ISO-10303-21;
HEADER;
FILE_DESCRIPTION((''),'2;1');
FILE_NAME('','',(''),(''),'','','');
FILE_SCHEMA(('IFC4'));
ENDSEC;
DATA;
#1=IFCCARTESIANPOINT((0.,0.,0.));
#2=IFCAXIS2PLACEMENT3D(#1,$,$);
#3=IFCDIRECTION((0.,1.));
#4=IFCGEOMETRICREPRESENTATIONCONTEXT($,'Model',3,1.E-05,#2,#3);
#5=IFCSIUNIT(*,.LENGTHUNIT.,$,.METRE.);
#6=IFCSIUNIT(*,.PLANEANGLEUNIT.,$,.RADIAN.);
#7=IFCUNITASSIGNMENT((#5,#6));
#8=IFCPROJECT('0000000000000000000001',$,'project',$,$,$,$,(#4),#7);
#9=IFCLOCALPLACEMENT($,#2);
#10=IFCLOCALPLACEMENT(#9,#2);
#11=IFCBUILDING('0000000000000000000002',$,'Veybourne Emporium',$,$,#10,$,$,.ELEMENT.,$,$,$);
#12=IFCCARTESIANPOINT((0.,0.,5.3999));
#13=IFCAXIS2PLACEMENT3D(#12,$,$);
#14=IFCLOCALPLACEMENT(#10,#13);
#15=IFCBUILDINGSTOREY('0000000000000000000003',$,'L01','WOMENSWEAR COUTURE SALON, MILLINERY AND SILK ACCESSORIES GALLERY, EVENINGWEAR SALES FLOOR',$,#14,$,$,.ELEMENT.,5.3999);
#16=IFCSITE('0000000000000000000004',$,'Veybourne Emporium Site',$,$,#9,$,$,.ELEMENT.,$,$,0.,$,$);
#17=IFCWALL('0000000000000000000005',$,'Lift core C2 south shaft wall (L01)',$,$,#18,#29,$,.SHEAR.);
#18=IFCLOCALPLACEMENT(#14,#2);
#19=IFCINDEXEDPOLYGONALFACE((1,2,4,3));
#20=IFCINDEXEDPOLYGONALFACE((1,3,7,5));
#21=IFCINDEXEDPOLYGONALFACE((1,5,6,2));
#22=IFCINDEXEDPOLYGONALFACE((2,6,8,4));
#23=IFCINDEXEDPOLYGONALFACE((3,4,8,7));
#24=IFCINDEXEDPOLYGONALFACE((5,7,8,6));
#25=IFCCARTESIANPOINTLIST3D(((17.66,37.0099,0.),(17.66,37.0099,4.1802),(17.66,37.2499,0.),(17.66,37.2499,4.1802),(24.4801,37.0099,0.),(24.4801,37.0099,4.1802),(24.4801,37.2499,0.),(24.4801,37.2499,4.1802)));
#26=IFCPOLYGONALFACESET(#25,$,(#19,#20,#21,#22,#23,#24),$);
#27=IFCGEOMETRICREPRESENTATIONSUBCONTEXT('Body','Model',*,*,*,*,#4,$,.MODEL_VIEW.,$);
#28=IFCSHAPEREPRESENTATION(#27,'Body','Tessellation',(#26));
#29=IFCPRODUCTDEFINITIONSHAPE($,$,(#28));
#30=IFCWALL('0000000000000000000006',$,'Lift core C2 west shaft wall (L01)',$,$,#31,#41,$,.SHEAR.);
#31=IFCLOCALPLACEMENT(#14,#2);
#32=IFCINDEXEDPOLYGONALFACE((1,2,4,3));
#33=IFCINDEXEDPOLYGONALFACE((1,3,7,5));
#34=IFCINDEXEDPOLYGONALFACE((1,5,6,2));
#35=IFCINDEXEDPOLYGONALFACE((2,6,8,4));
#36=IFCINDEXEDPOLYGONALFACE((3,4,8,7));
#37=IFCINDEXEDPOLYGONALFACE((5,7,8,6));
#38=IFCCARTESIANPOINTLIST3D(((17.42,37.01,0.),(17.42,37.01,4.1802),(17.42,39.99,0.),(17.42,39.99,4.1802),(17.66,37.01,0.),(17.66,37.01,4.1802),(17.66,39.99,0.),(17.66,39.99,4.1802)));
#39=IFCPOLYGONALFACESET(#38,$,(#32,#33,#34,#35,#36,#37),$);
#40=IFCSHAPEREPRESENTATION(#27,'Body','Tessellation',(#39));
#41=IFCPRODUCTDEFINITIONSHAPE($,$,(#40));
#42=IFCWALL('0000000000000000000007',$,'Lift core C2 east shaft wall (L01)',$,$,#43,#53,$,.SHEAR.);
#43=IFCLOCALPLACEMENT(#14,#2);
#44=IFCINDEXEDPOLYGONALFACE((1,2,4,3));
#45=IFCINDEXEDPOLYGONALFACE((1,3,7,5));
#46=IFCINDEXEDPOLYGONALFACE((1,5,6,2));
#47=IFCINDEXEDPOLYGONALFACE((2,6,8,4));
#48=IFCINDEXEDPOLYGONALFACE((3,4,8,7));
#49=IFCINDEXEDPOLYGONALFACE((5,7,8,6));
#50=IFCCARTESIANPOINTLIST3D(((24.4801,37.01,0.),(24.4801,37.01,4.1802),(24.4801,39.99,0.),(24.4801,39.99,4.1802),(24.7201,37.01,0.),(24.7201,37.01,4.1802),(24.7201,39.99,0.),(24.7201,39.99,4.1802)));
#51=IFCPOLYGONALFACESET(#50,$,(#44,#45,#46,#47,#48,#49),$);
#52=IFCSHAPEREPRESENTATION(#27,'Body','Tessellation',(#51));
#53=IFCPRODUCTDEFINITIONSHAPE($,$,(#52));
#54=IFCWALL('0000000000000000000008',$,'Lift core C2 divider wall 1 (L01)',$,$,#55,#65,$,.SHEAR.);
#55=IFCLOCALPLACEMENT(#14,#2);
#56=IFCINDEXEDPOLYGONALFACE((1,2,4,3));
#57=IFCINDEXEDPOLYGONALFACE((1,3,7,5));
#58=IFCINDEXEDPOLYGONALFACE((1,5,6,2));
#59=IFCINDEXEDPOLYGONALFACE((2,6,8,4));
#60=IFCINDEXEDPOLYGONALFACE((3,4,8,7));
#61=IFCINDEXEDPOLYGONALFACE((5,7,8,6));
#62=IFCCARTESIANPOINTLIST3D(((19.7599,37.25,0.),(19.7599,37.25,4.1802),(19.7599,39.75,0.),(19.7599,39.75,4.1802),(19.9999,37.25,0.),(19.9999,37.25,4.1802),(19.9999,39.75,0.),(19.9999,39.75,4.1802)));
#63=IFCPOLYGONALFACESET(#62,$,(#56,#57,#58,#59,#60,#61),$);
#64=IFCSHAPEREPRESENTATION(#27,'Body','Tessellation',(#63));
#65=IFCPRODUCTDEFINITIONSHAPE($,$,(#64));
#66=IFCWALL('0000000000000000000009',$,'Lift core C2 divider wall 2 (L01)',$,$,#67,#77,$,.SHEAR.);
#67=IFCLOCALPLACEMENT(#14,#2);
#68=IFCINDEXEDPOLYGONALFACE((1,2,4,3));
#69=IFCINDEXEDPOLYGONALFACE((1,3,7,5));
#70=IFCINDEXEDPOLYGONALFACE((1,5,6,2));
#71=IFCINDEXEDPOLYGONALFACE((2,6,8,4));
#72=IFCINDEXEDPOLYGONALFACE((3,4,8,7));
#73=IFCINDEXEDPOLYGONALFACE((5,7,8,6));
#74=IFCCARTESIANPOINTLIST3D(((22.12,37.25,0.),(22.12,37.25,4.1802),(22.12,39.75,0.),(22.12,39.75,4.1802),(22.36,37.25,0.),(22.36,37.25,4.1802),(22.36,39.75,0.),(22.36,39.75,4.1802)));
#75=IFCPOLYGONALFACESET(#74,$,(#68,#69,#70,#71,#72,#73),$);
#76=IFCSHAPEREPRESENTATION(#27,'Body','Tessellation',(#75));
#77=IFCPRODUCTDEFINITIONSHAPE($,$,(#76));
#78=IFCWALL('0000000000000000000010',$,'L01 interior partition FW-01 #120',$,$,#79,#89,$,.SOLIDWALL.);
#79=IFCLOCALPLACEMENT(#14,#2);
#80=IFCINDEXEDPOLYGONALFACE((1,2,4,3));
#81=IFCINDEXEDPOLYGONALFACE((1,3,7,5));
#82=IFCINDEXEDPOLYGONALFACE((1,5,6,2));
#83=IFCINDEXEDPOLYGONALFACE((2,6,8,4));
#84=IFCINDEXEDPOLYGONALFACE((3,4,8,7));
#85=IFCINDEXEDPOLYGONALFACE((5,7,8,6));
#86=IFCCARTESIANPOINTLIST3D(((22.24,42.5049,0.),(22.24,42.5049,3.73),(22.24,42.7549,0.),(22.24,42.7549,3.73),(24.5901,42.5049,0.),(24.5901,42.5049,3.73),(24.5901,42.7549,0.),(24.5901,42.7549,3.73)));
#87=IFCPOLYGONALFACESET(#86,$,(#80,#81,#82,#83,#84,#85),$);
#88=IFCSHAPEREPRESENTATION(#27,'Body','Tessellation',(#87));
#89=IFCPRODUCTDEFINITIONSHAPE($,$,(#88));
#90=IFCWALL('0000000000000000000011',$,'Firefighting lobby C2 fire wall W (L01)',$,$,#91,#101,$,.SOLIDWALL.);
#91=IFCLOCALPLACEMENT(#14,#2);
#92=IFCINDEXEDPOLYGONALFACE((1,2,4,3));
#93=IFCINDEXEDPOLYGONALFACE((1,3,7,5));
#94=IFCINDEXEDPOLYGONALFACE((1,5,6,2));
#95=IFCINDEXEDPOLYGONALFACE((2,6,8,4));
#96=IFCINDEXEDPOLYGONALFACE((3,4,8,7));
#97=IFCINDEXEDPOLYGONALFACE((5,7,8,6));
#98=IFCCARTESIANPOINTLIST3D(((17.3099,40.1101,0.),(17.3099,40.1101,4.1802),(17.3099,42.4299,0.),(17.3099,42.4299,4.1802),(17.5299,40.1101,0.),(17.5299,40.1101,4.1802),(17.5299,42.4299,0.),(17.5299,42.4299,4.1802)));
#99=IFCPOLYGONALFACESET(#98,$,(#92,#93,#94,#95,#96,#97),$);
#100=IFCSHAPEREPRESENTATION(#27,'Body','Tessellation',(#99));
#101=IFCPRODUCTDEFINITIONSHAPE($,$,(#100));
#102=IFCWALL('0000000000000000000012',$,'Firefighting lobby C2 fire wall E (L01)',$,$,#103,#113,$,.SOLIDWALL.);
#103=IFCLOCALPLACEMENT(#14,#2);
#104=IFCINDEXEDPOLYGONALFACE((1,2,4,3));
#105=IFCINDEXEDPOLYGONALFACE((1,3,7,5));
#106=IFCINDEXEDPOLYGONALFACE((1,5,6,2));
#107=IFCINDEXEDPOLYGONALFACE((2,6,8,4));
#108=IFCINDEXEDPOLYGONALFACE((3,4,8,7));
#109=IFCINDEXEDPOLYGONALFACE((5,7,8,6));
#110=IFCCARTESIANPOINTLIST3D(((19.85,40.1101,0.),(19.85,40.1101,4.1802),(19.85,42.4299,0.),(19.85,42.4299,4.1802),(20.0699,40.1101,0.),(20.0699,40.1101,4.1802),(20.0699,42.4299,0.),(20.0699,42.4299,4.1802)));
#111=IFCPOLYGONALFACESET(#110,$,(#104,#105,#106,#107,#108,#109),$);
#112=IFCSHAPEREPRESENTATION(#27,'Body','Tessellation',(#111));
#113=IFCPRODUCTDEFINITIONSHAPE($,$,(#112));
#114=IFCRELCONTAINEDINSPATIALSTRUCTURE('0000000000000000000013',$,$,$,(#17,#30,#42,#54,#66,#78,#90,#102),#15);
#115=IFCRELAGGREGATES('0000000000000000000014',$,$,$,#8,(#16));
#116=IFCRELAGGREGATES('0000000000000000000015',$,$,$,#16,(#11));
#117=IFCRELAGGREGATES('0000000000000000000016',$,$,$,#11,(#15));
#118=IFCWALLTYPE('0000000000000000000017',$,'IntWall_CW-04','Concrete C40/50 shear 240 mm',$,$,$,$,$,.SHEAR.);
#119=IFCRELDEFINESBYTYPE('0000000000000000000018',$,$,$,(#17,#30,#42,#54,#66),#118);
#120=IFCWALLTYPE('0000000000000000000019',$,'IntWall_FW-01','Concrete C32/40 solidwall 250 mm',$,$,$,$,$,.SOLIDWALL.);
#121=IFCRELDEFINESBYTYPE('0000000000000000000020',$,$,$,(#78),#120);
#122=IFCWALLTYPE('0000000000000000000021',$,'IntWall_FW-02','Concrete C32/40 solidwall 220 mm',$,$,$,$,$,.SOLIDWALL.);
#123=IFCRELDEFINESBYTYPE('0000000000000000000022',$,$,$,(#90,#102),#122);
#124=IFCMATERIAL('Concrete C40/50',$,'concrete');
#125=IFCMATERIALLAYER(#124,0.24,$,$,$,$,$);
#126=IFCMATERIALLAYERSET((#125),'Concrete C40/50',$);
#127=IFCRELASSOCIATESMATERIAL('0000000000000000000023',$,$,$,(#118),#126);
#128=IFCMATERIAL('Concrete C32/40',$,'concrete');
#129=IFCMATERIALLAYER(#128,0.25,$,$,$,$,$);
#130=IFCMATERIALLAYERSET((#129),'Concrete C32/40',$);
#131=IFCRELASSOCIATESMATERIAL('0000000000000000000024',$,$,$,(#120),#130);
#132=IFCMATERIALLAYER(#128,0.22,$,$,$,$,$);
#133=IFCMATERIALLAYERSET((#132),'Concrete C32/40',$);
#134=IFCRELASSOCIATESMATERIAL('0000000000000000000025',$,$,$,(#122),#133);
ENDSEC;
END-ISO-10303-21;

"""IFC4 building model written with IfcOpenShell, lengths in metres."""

from ifc_helpers import new_model, si_unit, direction, frame, frame_2d, origin, place, context, subcontext, project, spatial, rectangle, extrude, material, layer, layer_set, type_object, element, save


model = new_model("IFC4")

# Units and contexts
model_context = context("Model", 3, precision=1e-05, world=origin(), true_north=direction((0.0, 1.0)))
body_context = subcontext(model_context, "Body", "Model", "MODEL_VIEW")
ifc_project = project(units=[si_unit("LENGTHUNIT", "METRE"), si_unit("PLANEANGLEUNIT", "RADIAN")], contexts=[model_context])

# Site, building, storey
site_placement = place(None, origin())
site = spatial("IfcSite", under=ifc_project, at=site_placement, Name="Veybourne Emporium Site", CompositionType="ELEMENT", RefElevation=0.0)
building_placement = place(site_placement, origin())
building = spatial("IfcBuilding", under=site, at=building_placement, Name="Veybourne Emporium", CompositionType="ELEMENT")
storey_placement = place(building_placement, frame((0.0, 0.0, 5.3999)))
storey = spatial("IfcBuildingStorey", under=building, at=storey_placement, Name="L01", Description="WOMENSWEAR COUTURE SALON, MILLINERY AND SILK ACCESSORIES GALLERY, EVENINGWEAR SALES FLOOR", CompositionType="ELEMENT", Elevation=5.3999)

# Shared definitions
ifc_material_1 = material(Name="Concrete C40/50", Category="concrete")

# Shared definitions
ifc_material_2 = material(Name="Concrete C32/40", Category="concrete")

# Shared definitions
ifc_layer_1 = layer(ifc_material_1, 0.24)
ifc_layer_set_1 = layer_set([ifc_layer_1], Name="Concrete C40/50")
wall_type_1 = type_object("IfcWallType", Name="IntWall_CW-04", Description="Concrete C40/50 shear 240 mm", PredefinedType="SHEAR", material=ifc_layer_set_1)

# Walls
wall_1_placement = place(storey_placement, frame((17.6599, 37.1299, 0.0), z_axis=(0.0, 0.0, 1.0), x_axis=(1.0, 0.0, 0.0)))
element("IfcWall", 1, at=wall_1_placement, inside=storey, type_object=wall_type_1, Name="Lift core C2 south shaft wall (L01)", PredefinedType="SHEAR", context=body_context, shape_type="SweptSolid", body=[
    extrude(rectangle(XDim=6.8201, YDim=0.24, at=frame_2d((3.4102, 0.0))), origin(), (0.0, 0.0, 1.0), 4.1802),
])
for number, where, z_axis, x_axis, name in (
    (2, (17.54, 39.99, 0.0), (0.0, 0.0, 1.0), (0.0, -1.0, 0.0), "Lift core C2 west shaft wall (L01)"),
    (3, (24.6001, 37.01, 0.0), (0.0, 0.0, 1.0), (0.0, 1.0, 0.0), "Lift core C2 east shaft wall (L01)"),
):
    element("IfcWall", number, at=place(storey_placement, frame(where, z_axis=z_axis, x_axis=x_axis)), inside=storey, type_object=wall_type_1, Name=name, PredefinedType="SHEAR", context=body_context, shape_type="SweptSolid", body=[
        extrude(rectangle(XDim=2.98, YDim=0.24, at=frame_2d((1.49, 0.0))), origin(), (0.0, 0.0, 1.0), 4.1802),
    ])
for number, where, z_axis, x_axis, name in (
    (4, (19.8799, 37.25, 0.0), (0.0, 0.0, 1.0), (0.0, 1.0, 0.0), "Lift core C2 divider wall 1 (L01)"),
    (5, (22.24, 37.25, 0.0), (0.0, 0.0, 1.0), (0.0, 1.0, 0.0), "Lift core C2 divider wall 2 (L01)"),
):
    element("IfcWall", number, at=place(storey_placement, frame(where, z_axis=z_axis, x_axis=x_axis)), inside=storey, type_object=wall_type_1, Name=name, PredefinedType="SHEAR", context=body_context, shape_type="SweptSolid", body=[
        extrude(rectangle(XDim=2.5, YDim=0.24, at=frame_2d((1.25, 0.0))), origin(), (0.0, 0.0, 1.0), 4.1802),
    ])
ifc_layer_2 = layer(ifc_material_2, 0.25)
ifc_layer_set_2 = layer_set([ifc_layer_2], Name="Concrete C32/40")
wall_type_2 = type_object("IfcWallType", Name="IntWall_FW-01", Description="Concrete C32/40 solidwall 250 mm", PredefinedType="SOLIDWALL", material=ifc_layer_set_2)
wall_2_placement = place(storey_placement, frame((22.24, 42.6299, 0.0), z_axis=(0.0, 0.0, 1.0), x_axis=(1.0, 0.0, 0.0)))
element("IfcWall", 6, at=wall_2_placement, inside=storey, type_object=wall_type_2, Name="L01 interior partition FW-01 #120", PredefinedType="SOLIDWALL", context=body_context, shape_type="SweptSolid", body=[
    extrude(rectangle(XDim=2.3501, YDim=0.25, at=frame_2d((1.175, 0.0))), origin(), (0.0, 0.0, 1.0), 3.73),
])

# Shared definitions
ifc_layer_3 = layer(ifc_material_2, 0.22)
ifc_layer_set_3 = layer_set([ifc_layer_3], Name="Concrete C32/40")
wall_type_3 = type_object("IfcWallType", Name="IntWall_FW-02", Description="Concrete C32/40 solidwall 220 mm", PredefinedType="SOLIDWALL", material=ifc_layer_set_3)

# Walls
for number, where, z_axis, x_axis, name in (
    (7, (17.4199, 40.1101, 0.0), (0.0, 0.0, 1.0), (0.0, 1.0, 0.0), "Firefighting lobby C2 fire wall W (L01)"),
    (8, (19.96, 40.1101, 0.0), (0.0, 0.0, 1.0), (0.0, 1.0, 0.0), "Firefighting lobby C2 fire wall E (L01)"),
):
    element("IfcWall", number, at=place(storey_placement, frame(where, z_axis=z_axis, x_axis=x_axis)), inside=storey, type_object=wall_type_3, Name=name, PredefinedType="SOLIDWALL", context=body_context, shape_type="SweptSolid", body=[
        extrude(rectangle(XDim=2.3198, YDim=0.22, at=frame_2d((1.1599, 0.0))), origin(), (0.0, 0.0, 1.0), 4.1802),
    ])

save(model, "model.ifc")
